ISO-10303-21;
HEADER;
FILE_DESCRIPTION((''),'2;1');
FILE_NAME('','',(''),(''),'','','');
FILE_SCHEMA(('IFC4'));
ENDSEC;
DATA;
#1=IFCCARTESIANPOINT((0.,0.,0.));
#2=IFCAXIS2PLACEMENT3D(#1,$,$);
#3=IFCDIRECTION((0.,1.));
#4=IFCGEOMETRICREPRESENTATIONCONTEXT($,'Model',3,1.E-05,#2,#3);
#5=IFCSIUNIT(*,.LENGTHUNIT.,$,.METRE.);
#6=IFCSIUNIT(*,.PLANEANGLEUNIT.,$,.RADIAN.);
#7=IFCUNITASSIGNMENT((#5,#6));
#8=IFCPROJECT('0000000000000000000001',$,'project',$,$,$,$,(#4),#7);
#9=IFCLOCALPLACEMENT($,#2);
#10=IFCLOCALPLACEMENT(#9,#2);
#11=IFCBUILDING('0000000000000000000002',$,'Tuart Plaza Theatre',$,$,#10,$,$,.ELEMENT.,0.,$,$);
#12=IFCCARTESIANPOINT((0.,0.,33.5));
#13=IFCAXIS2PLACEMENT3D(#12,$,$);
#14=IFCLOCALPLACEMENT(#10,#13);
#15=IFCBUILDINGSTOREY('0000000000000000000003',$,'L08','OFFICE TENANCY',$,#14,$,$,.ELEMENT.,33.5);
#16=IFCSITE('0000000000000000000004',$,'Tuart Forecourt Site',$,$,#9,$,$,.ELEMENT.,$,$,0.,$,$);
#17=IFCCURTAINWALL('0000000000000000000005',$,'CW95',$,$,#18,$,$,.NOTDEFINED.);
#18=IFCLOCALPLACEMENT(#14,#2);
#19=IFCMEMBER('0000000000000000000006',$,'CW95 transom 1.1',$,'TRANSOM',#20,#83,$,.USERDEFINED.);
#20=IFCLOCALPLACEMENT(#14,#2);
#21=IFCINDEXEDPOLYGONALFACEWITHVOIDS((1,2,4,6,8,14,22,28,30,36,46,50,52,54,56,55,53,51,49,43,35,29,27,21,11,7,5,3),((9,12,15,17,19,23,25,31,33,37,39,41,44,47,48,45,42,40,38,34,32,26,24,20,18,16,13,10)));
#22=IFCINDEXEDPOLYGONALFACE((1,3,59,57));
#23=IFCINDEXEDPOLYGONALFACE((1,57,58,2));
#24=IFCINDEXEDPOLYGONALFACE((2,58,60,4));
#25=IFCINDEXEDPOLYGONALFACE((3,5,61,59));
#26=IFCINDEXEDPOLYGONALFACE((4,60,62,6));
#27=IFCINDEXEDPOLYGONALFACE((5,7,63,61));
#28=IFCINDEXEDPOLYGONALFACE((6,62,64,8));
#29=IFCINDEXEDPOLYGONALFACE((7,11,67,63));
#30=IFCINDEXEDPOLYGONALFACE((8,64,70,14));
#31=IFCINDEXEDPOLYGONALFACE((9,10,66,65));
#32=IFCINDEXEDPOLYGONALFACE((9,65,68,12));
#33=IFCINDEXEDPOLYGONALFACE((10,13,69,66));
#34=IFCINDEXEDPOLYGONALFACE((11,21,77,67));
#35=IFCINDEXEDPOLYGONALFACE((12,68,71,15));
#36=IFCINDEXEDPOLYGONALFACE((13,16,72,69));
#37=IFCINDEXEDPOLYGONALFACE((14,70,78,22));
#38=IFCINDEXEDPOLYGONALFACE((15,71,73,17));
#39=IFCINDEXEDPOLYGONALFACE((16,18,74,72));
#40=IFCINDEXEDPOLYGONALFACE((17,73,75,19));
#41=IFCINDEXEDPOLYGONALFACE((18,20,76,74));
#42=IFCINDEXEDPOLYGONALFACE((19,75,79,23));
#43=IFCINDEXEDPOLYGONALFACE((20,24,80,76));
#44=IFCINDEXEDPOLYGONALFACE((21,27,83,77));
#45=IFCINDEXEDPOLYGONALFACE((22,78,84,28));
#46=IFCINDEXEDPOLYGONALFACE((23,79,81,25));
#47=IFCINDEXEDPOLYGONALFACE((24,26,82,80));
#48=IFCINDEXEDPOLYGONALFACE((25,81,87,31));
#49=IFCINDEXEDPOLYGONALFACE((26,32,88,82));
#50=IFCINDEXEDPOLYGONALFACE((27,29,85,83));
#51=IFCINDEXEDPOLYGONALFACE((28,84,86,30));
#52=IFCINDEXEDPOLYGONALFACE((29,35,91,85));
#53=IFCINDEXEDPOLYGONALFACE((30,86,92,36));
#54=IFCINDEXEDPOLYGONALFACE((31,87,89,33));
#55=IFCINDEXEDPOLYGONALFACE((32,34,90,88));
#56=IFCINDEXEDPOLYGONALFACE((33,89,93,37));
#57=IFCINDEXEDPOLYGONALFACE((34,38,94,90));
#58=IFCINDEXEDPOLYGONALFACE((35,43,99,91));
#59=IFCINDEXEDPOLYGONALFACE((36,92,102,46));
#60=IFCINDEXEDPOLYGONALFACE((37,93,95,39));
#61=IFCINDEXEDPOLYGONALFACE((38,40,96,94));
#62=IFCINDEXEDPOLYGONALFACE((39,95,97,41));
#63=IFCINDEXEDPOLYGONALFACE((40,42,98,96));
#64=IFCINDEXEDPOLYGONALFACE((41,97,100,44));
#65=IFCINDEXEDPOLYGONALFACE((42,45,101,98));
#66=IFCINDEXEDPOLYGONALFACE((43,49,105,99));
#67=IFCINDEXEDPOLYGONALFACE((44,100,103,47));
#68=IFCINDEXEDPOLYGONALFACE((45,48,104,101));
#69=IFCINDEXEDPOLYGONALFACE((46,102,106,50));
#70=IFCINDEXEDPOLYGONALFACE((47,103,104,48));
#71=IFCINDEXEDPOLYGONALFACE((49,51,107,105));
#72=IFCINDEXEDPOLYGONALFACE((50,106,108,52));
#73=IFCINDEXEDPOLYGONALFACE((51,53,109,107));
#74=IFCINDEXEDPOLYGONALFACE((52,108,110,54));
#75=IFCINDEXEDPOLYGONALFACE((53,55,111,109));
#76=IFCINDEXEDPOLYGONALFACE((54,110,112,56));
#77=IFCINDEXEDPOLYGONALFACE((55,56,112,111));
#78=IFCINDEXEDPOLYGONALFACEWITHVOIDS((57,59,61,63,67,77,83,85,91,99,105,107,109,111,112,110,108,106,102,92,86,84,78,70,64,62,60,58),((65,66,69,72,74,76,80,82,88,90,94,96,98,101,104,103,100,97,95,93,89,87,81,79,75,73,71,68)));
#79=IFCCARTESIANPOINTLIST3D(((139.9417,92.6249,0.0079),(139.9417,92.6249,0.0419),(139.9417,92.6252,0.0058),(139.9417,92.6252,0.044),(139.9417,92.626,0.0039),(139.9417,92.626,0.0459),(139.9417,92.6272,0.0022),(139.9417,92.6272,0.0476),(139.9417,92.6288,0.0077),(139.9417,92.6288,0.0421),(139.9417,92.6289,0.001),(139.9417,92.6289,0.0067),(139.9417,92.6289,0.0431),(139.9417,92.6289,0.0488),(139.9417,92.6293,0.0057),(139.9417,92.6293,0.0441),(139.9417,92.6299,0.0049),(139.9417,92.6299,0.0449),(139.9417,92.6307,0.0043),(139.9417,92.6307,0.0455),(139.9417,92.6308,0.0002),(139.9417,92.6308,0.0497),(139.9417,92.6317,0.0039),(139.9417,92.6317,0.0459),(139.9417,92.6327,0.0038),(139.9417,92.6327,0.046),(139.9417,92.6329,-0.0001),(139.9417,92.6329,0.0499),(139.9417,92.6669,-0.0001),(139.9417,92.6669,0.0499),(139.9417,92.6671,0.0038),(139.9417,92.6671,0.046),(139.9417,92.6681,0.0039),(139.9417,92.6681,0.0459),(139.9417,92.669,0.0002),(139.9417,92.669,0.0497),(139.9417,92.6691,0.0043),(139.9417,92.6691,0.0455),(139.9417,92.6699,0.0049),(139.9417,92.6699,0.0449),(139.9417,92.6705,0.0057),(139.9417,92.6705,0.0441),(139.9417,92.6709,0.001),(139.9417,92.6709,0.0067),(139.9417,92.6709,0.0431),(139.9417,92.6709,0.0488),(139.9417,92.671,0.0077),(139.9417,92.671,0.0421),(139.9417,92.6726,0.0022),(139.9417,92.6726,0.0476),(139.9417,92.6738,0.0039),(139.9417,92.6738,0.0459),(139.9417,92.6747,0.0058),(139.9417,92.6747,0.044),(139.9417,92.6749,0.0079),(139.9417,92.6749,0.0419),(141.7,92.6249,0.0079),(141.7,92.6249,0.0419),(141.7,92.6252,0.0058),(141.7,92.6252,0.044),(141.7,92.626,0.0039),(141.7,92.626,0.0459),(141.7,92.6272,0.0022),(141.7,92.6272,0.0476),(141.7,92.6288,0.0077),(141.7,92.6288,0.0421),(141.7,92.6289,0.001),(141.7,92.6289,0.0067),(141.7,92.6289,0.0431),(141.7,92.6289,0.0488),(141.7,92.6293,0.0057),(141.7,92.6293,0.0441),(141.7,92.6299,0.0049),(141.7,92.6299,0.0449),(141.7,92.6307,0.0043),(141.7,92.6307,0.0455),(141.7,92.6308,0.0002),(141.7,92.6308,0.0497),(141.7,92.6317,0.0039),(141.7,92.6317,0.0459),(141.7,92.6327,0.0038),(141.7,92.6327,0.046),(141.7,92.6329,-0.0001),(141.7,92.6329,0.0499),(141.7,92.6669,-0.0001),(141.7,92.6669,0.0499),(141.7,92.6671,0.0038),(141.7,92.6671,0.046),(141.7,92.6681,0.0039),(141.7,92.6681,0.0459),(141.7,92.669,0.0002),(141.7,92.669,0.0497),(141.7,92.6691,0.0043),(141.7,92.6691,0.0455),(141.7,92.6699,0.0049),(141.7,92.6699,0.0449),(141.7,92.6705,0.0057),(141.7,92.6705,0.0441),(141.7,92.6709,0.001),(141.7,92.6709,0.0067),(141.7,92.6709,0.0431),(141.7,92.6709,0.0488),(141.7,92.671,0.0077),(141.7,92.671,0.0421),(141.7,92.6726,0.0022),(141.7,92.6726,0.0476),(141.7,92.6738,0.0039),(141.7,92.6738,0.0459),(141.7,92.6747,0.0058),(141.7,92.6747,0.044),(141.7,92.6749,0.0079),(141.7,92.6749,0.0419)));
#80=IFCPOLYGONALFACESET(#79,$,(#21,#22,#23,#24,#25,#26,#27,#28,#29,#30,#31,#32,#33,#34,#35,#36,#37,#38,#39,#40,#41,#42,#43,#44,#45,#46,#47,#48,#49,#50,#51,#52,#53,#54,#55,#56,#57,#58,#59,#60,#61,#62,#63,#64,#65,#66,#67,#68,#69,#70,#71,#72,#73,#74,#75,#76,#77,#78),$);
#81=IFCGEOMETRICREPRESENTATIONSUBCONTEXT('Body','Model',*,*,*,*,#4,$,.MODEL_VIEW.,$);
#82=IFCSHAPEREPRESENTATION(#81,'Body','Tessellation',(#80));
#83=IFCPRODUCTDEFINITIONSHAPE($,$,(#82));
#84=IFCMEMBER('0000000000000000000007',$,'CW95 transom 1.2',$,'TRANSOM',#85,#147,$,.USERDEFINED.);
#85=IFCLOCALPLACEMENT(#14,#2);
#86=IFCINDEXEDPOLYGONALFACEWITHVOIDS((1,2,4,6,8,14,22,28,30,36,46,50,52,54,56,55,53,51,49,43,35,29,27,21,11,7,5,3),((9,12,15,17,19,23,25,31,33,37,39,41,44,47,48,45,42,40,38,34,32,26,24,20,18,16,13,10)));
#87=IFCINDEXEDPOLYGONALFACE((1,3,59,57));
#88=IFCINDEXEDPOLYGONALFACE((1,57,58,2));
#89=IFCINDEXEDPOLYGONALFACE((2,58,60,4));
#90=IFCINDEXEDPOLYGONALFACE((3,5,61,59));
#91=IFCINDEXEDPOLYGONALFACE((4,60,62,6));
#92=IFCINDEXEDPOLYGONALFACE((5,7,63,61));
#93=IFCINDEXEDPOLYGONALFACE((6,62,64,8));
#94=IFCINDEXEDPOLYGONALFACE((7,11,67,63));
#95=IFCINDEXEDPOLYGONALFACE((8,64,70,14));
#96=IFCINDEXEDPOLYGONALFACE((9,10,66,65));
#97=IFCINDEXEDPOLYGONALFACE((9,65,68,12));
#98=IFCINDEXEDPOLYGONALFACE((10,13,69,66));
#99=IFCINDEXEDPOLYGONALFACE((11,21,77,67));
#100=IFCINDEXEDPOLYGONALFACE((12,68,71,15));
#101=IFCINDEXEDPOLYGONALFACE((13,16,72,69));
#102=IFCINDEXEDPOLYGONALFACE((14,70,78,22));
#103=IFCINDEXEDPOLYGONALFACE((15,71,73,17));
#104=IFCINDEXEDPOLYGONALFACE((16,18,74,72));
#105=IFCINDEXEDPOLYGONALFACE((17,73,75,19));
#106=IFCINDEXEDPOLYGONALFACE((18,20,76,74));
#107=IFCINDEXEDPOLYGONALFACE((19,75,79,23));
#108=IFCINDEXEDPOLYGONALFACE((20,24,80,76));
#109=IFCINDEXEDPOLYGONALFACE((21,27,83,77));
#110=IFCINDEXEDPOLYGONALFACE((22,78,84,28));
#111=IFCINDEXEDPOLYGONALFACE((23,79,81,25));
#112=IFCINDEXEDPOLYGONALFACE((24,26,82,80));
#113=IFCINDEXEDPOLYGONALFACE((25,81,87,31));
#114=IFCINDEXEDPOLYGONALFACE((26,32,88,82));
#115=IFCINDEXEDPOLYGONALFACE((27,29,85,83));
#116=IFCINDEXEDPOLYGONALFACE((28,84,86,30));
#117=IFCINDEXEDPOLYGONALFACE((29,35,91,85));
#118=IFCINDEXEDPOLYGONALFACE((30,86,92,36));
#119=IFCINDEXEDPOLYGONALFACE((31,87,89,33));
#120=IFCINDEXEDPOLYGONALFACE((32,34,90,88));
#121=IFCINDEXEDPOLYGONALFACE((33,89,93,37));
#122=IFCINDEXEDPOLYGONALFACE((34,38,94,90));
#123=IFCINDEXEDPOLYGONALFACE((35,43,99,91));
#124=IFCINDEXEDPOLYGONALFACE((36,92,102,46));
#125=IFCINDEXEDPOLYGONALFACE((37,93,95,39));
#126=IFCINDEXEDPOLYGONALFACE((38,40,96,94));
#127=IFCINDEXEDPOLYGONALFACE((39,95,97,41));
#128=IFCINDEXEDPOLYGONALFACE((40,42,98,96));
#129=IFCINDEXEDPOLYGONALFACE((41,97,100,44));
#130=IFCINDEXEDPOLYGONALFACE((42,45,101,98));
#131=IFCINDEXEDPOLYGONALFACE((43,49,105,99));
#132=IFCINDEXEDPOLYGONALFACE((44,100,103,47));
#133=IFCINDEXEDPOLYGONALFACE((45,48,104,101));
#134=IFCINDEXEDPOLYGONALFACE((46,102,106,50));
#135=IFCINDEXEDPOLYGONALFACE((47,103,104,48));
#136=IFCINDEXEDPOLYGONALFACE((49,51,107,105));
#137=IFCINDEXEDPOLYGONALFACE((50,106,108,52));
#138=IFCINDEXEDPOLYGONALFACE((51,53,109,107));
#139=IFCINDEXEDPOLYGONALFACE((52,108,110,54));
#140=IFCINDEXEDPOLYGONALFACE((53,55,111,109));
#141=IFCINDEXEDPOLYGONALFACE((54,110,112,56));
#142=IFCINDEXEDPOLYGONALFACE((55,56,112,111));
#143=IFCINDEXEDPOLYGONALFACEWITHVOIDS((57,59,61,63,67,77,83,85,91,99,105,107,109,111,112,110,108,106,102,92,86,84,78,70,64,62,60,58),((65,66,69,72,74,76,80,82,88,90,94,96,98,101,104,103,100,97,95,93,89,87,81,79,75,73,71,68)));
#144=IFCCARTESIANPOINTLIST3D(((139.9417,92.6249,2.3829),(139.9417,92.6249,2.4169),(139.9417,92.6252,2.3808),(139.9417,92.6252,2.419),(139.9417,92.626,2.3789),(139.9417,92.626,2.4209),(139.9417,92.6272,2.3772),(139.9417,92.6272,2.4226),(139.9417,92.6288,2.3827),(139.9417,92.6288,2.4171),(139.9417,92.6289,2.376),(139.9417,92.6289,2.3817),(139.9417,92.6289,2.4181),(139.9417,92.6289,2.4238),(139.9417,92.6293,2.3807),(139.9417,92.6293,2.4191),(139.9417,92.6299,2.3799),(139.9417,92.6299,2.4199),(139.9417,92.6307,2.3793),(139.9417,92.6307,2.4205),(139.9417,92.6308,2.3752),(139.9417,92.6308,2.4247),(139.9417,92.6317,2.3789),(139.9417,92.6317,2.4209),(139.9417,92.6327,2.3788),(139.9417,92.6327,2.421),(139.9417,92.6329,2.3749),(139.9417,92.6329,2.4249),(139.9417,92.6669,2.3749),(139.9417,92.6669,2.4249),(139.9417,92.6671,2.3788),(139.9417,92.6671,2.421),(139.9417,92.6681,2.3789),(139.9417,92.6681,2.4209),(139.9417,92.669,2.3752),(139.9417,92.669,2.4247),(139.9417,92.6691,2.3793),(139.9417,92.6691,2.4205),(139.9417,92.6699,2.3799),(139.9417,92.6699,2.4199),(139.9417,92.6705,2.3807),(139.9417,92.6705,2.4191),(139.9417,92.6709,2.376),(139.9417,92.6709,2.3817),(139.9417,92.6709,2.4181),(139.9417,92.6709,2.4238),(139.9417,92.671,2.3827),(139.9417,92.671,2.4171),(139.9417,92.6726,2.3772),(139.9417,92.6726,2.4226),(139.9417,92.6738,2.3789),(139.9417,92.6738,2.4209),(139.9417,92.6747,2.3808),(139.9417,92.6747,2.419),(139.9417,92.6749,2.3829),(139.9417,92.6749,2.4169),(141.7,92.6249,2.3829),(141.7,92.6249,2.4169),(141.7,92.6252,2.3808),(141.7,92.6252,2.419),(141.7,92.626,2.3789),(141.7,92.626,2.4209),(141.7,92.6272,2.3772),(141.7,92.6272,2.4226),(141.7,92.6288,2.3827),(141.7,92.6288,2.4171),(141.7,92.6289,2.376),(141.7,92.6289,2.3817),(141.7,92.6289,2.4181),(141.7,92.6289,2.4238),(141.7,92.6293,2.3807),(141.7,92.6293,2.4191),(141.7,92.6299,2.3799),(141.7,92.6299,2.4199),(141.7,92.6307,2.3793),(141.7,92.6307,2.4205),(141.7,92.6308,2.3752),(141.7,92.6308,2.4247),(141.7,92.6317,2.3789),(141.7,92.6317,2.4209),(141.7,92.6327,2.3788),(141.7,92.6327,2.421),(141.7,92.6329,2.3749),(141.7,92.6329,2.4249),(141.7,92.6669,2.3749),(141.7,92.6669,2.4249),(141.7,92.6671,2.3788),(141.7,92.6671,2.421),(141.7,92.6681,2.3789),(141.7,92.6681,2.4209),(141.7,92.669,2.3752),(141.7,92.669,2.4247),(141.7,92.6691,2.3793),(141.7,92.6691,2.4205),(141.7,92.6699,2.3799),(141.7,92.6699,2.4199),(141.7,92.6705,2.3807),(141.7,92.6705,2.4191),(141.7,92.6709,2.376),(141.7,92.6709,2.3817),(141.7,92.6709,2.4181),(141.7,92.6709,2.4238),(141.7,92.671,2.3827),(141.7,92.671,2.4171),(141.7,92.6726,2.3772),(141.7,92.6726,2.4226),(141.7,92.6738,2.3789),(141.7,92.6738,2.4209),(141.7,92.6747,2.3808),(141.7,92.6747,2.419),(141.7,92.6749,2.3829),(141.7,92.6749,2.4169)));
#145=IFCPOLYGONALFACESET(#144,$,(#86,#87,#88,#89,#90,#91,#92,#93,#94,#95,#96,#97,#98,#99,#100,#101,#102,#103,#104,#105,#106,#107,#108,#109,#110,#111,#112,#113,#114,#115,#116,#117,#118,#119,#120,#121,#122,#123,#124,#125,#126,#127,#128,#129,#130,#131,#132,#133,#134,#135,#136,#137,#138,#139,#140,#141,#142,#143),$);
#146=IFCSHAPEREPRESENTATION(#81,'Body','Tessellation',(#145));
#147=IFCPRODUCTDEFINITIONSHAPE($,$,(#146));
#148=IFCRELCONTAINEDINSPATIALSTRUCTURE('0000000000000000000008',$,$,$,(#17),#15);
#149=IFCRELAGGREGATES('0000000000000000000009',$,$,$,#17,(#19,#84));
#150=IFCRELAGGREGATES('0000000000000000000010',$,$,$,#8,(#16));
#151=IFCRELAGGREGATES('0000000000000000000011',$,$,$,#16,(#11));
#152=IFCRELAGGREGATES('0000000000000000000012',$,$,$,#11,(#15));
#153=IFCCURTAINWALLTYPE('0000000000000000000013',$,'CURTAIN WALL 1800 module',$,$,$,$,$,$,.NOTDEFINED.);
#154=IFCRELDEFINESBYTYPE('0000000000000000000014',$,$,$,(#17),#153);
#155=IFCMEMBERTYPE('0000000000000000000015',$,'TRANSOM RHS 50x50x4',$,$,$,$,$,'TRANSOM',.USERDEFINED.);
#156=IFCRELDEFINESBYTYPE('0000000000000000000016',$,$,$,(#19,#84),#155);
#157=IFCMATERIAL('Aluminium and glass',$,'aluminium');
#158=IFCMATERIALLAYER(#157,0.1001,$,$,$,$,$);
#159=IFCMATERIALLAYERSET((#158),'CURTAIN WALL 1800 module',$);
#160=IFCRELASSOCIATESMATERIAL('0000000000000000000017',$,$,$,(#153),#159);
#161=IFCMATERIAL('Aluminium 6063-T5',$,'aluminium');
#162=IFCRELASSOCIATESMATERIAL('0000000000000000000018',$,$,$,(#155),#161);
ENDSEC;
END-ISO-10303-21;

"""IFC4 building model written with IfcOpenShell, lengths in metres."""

from ifc_helpers import new_model, si_unit, direction, frame, origin, origin_2d, place, context, subcontext, project, spatial, hollow_rectangle, extrude, material, layer, layer_set, material_profile, profile_set, type_object, element, aggregate, save


model = new_model("IFC4")

# Units and contexts
model_context = context("Model", 3, precision=1e-05, world=origin(), true_north=direction((0.0, 1.0)))
body_context = subcontext(model_context, "Body", "Model", "MODEL_VIEW")
ifc_project = project(units=[si_unit("LENGTHUNIT", "METRE"), si_unit("PLANEANGLEUNIT", "RADIAN")], contexts=[model_context])

# Site, building, storey
site_placement = place(None, origin())
site = spatial("IfcSite", under=ifc_project, at=site_placement, Name="Tuart Forecourt Site", CompositionType="ELEMENT", RefElevation=0.0)
building_placement = place(site_placement, origin())
building = spatial("IfcBuilding", under=site, at=building_placement, Name="Tuart Plaza Theatre", CompositionType="ELEMENT", ElevationOfRefHeight=0.0)
storey_placement = place(building_placement, frame((0.0, 0.0, 33.5)))
storey = spatial("IfcBuildingStorey", under=building, at=storey_placement, Name="L08", Description="OFFICE TENANCY", CompositionType="ELEMENT", Elevation=33.5)

# Curtain wall
ifc_material_1 = material(Name="Aluminium and glass", Category="aluminium")
ifc_layer_1 = layer(ifc_material_1, 0.1001)
ifc_layer_set_1 = layer_set([ifc_layer_1], Name="CURTAIN WALL 1800 module")
curtain_wall_type_1 = type_object("IfcCurtainWallType", Name="CURTAIN WALL 1800 module", PredefinedType="NOTDEFINED", material=ifc_layer_set_1)
curtain_wall_1_placement = place(storey_placement, origin())
curtain_wall_1 = element("IfcCurtainWall", 1, at=curtain_wall_1_placement, inside=storey, type_object=curtain_wall_type_1, Name="CW95", PredefinedType="NOTDEFINED")

# Members
ifc_material_2 = material(Name="Aluminium 6063-T5", Category="aluminium")
ifc_material_profile_1 = material_profile(ifc_material_2, hollow_rectangle(XDim=0.05, YDim=0.05, WallThickness=0.0039, InnerFilletRadius=0.0039, OuterFilletRadius=0.0081, at=origin_2d()), Name="RHS 50x50x4")
ifc_profile_set_1 = profile_set([ifc_material_profile_1], Name="Aluminium 6063-T5")
member_type_1 = type_object("IfcMemberType", Name="TRANSOM RHS 50x50x4", ElementType="TRANSOM", PredefinedType="USERDEFINED", material=ifc_profile_set_1)
member_1_placement = place(storey_placement, frame((141.7, 92.6499, 0.0249), z_axis=(-1.0, 0.0, 0.0), x_axis=(0.0, -1.0, 0.0)))
member_1 = element("IfcMember", 2, at=member_1_placement, type_object=member_type_1, Name="CW95 transom 1.1", ObjectType="TRANSOM", PredefinedType="USERDEFINED", context=body_context, shape_type="SweptSolid", body=[
    extrude(hollow_rectangle(XDim=0.05, YDim=0.05, WallThickness=0.0039, InnerFilletRadius=0.0039, OuterFilletRadius=0.0081, at=origin_2d()), origin(), (0.0, 0.0, 1.0), 1.7583),
])
member_2_placement = place(storey_placement, frame((141.7, 92.6499, 2.3999), z_axis=(-1.0, 0.0, 0.0), x_axis=(0.0, -1.0, 0.0)))
member_2 = element("IfcMember", 3, at=member_2_placement, type_object=member_type_1, Name="CW95 transom 1.2", ObjectType="TRANSOM", PredefinedType="USERDEFINED", context=body_context, shape_type="SweptSolid", body=[
    extrude(hollow_rectangle(XDim=0.05, YDim=0.05, WallThickness=0.0039, InnerFilletRadius=0.0039, OuterFilletRadius=0.0081, at=origin_2d()), origin(), (0.0, 0.0, 1.0), 1.7583),
])
aggregate(curtain_wall_1, [member_1, member_2])

save(model, "model.ifc")
